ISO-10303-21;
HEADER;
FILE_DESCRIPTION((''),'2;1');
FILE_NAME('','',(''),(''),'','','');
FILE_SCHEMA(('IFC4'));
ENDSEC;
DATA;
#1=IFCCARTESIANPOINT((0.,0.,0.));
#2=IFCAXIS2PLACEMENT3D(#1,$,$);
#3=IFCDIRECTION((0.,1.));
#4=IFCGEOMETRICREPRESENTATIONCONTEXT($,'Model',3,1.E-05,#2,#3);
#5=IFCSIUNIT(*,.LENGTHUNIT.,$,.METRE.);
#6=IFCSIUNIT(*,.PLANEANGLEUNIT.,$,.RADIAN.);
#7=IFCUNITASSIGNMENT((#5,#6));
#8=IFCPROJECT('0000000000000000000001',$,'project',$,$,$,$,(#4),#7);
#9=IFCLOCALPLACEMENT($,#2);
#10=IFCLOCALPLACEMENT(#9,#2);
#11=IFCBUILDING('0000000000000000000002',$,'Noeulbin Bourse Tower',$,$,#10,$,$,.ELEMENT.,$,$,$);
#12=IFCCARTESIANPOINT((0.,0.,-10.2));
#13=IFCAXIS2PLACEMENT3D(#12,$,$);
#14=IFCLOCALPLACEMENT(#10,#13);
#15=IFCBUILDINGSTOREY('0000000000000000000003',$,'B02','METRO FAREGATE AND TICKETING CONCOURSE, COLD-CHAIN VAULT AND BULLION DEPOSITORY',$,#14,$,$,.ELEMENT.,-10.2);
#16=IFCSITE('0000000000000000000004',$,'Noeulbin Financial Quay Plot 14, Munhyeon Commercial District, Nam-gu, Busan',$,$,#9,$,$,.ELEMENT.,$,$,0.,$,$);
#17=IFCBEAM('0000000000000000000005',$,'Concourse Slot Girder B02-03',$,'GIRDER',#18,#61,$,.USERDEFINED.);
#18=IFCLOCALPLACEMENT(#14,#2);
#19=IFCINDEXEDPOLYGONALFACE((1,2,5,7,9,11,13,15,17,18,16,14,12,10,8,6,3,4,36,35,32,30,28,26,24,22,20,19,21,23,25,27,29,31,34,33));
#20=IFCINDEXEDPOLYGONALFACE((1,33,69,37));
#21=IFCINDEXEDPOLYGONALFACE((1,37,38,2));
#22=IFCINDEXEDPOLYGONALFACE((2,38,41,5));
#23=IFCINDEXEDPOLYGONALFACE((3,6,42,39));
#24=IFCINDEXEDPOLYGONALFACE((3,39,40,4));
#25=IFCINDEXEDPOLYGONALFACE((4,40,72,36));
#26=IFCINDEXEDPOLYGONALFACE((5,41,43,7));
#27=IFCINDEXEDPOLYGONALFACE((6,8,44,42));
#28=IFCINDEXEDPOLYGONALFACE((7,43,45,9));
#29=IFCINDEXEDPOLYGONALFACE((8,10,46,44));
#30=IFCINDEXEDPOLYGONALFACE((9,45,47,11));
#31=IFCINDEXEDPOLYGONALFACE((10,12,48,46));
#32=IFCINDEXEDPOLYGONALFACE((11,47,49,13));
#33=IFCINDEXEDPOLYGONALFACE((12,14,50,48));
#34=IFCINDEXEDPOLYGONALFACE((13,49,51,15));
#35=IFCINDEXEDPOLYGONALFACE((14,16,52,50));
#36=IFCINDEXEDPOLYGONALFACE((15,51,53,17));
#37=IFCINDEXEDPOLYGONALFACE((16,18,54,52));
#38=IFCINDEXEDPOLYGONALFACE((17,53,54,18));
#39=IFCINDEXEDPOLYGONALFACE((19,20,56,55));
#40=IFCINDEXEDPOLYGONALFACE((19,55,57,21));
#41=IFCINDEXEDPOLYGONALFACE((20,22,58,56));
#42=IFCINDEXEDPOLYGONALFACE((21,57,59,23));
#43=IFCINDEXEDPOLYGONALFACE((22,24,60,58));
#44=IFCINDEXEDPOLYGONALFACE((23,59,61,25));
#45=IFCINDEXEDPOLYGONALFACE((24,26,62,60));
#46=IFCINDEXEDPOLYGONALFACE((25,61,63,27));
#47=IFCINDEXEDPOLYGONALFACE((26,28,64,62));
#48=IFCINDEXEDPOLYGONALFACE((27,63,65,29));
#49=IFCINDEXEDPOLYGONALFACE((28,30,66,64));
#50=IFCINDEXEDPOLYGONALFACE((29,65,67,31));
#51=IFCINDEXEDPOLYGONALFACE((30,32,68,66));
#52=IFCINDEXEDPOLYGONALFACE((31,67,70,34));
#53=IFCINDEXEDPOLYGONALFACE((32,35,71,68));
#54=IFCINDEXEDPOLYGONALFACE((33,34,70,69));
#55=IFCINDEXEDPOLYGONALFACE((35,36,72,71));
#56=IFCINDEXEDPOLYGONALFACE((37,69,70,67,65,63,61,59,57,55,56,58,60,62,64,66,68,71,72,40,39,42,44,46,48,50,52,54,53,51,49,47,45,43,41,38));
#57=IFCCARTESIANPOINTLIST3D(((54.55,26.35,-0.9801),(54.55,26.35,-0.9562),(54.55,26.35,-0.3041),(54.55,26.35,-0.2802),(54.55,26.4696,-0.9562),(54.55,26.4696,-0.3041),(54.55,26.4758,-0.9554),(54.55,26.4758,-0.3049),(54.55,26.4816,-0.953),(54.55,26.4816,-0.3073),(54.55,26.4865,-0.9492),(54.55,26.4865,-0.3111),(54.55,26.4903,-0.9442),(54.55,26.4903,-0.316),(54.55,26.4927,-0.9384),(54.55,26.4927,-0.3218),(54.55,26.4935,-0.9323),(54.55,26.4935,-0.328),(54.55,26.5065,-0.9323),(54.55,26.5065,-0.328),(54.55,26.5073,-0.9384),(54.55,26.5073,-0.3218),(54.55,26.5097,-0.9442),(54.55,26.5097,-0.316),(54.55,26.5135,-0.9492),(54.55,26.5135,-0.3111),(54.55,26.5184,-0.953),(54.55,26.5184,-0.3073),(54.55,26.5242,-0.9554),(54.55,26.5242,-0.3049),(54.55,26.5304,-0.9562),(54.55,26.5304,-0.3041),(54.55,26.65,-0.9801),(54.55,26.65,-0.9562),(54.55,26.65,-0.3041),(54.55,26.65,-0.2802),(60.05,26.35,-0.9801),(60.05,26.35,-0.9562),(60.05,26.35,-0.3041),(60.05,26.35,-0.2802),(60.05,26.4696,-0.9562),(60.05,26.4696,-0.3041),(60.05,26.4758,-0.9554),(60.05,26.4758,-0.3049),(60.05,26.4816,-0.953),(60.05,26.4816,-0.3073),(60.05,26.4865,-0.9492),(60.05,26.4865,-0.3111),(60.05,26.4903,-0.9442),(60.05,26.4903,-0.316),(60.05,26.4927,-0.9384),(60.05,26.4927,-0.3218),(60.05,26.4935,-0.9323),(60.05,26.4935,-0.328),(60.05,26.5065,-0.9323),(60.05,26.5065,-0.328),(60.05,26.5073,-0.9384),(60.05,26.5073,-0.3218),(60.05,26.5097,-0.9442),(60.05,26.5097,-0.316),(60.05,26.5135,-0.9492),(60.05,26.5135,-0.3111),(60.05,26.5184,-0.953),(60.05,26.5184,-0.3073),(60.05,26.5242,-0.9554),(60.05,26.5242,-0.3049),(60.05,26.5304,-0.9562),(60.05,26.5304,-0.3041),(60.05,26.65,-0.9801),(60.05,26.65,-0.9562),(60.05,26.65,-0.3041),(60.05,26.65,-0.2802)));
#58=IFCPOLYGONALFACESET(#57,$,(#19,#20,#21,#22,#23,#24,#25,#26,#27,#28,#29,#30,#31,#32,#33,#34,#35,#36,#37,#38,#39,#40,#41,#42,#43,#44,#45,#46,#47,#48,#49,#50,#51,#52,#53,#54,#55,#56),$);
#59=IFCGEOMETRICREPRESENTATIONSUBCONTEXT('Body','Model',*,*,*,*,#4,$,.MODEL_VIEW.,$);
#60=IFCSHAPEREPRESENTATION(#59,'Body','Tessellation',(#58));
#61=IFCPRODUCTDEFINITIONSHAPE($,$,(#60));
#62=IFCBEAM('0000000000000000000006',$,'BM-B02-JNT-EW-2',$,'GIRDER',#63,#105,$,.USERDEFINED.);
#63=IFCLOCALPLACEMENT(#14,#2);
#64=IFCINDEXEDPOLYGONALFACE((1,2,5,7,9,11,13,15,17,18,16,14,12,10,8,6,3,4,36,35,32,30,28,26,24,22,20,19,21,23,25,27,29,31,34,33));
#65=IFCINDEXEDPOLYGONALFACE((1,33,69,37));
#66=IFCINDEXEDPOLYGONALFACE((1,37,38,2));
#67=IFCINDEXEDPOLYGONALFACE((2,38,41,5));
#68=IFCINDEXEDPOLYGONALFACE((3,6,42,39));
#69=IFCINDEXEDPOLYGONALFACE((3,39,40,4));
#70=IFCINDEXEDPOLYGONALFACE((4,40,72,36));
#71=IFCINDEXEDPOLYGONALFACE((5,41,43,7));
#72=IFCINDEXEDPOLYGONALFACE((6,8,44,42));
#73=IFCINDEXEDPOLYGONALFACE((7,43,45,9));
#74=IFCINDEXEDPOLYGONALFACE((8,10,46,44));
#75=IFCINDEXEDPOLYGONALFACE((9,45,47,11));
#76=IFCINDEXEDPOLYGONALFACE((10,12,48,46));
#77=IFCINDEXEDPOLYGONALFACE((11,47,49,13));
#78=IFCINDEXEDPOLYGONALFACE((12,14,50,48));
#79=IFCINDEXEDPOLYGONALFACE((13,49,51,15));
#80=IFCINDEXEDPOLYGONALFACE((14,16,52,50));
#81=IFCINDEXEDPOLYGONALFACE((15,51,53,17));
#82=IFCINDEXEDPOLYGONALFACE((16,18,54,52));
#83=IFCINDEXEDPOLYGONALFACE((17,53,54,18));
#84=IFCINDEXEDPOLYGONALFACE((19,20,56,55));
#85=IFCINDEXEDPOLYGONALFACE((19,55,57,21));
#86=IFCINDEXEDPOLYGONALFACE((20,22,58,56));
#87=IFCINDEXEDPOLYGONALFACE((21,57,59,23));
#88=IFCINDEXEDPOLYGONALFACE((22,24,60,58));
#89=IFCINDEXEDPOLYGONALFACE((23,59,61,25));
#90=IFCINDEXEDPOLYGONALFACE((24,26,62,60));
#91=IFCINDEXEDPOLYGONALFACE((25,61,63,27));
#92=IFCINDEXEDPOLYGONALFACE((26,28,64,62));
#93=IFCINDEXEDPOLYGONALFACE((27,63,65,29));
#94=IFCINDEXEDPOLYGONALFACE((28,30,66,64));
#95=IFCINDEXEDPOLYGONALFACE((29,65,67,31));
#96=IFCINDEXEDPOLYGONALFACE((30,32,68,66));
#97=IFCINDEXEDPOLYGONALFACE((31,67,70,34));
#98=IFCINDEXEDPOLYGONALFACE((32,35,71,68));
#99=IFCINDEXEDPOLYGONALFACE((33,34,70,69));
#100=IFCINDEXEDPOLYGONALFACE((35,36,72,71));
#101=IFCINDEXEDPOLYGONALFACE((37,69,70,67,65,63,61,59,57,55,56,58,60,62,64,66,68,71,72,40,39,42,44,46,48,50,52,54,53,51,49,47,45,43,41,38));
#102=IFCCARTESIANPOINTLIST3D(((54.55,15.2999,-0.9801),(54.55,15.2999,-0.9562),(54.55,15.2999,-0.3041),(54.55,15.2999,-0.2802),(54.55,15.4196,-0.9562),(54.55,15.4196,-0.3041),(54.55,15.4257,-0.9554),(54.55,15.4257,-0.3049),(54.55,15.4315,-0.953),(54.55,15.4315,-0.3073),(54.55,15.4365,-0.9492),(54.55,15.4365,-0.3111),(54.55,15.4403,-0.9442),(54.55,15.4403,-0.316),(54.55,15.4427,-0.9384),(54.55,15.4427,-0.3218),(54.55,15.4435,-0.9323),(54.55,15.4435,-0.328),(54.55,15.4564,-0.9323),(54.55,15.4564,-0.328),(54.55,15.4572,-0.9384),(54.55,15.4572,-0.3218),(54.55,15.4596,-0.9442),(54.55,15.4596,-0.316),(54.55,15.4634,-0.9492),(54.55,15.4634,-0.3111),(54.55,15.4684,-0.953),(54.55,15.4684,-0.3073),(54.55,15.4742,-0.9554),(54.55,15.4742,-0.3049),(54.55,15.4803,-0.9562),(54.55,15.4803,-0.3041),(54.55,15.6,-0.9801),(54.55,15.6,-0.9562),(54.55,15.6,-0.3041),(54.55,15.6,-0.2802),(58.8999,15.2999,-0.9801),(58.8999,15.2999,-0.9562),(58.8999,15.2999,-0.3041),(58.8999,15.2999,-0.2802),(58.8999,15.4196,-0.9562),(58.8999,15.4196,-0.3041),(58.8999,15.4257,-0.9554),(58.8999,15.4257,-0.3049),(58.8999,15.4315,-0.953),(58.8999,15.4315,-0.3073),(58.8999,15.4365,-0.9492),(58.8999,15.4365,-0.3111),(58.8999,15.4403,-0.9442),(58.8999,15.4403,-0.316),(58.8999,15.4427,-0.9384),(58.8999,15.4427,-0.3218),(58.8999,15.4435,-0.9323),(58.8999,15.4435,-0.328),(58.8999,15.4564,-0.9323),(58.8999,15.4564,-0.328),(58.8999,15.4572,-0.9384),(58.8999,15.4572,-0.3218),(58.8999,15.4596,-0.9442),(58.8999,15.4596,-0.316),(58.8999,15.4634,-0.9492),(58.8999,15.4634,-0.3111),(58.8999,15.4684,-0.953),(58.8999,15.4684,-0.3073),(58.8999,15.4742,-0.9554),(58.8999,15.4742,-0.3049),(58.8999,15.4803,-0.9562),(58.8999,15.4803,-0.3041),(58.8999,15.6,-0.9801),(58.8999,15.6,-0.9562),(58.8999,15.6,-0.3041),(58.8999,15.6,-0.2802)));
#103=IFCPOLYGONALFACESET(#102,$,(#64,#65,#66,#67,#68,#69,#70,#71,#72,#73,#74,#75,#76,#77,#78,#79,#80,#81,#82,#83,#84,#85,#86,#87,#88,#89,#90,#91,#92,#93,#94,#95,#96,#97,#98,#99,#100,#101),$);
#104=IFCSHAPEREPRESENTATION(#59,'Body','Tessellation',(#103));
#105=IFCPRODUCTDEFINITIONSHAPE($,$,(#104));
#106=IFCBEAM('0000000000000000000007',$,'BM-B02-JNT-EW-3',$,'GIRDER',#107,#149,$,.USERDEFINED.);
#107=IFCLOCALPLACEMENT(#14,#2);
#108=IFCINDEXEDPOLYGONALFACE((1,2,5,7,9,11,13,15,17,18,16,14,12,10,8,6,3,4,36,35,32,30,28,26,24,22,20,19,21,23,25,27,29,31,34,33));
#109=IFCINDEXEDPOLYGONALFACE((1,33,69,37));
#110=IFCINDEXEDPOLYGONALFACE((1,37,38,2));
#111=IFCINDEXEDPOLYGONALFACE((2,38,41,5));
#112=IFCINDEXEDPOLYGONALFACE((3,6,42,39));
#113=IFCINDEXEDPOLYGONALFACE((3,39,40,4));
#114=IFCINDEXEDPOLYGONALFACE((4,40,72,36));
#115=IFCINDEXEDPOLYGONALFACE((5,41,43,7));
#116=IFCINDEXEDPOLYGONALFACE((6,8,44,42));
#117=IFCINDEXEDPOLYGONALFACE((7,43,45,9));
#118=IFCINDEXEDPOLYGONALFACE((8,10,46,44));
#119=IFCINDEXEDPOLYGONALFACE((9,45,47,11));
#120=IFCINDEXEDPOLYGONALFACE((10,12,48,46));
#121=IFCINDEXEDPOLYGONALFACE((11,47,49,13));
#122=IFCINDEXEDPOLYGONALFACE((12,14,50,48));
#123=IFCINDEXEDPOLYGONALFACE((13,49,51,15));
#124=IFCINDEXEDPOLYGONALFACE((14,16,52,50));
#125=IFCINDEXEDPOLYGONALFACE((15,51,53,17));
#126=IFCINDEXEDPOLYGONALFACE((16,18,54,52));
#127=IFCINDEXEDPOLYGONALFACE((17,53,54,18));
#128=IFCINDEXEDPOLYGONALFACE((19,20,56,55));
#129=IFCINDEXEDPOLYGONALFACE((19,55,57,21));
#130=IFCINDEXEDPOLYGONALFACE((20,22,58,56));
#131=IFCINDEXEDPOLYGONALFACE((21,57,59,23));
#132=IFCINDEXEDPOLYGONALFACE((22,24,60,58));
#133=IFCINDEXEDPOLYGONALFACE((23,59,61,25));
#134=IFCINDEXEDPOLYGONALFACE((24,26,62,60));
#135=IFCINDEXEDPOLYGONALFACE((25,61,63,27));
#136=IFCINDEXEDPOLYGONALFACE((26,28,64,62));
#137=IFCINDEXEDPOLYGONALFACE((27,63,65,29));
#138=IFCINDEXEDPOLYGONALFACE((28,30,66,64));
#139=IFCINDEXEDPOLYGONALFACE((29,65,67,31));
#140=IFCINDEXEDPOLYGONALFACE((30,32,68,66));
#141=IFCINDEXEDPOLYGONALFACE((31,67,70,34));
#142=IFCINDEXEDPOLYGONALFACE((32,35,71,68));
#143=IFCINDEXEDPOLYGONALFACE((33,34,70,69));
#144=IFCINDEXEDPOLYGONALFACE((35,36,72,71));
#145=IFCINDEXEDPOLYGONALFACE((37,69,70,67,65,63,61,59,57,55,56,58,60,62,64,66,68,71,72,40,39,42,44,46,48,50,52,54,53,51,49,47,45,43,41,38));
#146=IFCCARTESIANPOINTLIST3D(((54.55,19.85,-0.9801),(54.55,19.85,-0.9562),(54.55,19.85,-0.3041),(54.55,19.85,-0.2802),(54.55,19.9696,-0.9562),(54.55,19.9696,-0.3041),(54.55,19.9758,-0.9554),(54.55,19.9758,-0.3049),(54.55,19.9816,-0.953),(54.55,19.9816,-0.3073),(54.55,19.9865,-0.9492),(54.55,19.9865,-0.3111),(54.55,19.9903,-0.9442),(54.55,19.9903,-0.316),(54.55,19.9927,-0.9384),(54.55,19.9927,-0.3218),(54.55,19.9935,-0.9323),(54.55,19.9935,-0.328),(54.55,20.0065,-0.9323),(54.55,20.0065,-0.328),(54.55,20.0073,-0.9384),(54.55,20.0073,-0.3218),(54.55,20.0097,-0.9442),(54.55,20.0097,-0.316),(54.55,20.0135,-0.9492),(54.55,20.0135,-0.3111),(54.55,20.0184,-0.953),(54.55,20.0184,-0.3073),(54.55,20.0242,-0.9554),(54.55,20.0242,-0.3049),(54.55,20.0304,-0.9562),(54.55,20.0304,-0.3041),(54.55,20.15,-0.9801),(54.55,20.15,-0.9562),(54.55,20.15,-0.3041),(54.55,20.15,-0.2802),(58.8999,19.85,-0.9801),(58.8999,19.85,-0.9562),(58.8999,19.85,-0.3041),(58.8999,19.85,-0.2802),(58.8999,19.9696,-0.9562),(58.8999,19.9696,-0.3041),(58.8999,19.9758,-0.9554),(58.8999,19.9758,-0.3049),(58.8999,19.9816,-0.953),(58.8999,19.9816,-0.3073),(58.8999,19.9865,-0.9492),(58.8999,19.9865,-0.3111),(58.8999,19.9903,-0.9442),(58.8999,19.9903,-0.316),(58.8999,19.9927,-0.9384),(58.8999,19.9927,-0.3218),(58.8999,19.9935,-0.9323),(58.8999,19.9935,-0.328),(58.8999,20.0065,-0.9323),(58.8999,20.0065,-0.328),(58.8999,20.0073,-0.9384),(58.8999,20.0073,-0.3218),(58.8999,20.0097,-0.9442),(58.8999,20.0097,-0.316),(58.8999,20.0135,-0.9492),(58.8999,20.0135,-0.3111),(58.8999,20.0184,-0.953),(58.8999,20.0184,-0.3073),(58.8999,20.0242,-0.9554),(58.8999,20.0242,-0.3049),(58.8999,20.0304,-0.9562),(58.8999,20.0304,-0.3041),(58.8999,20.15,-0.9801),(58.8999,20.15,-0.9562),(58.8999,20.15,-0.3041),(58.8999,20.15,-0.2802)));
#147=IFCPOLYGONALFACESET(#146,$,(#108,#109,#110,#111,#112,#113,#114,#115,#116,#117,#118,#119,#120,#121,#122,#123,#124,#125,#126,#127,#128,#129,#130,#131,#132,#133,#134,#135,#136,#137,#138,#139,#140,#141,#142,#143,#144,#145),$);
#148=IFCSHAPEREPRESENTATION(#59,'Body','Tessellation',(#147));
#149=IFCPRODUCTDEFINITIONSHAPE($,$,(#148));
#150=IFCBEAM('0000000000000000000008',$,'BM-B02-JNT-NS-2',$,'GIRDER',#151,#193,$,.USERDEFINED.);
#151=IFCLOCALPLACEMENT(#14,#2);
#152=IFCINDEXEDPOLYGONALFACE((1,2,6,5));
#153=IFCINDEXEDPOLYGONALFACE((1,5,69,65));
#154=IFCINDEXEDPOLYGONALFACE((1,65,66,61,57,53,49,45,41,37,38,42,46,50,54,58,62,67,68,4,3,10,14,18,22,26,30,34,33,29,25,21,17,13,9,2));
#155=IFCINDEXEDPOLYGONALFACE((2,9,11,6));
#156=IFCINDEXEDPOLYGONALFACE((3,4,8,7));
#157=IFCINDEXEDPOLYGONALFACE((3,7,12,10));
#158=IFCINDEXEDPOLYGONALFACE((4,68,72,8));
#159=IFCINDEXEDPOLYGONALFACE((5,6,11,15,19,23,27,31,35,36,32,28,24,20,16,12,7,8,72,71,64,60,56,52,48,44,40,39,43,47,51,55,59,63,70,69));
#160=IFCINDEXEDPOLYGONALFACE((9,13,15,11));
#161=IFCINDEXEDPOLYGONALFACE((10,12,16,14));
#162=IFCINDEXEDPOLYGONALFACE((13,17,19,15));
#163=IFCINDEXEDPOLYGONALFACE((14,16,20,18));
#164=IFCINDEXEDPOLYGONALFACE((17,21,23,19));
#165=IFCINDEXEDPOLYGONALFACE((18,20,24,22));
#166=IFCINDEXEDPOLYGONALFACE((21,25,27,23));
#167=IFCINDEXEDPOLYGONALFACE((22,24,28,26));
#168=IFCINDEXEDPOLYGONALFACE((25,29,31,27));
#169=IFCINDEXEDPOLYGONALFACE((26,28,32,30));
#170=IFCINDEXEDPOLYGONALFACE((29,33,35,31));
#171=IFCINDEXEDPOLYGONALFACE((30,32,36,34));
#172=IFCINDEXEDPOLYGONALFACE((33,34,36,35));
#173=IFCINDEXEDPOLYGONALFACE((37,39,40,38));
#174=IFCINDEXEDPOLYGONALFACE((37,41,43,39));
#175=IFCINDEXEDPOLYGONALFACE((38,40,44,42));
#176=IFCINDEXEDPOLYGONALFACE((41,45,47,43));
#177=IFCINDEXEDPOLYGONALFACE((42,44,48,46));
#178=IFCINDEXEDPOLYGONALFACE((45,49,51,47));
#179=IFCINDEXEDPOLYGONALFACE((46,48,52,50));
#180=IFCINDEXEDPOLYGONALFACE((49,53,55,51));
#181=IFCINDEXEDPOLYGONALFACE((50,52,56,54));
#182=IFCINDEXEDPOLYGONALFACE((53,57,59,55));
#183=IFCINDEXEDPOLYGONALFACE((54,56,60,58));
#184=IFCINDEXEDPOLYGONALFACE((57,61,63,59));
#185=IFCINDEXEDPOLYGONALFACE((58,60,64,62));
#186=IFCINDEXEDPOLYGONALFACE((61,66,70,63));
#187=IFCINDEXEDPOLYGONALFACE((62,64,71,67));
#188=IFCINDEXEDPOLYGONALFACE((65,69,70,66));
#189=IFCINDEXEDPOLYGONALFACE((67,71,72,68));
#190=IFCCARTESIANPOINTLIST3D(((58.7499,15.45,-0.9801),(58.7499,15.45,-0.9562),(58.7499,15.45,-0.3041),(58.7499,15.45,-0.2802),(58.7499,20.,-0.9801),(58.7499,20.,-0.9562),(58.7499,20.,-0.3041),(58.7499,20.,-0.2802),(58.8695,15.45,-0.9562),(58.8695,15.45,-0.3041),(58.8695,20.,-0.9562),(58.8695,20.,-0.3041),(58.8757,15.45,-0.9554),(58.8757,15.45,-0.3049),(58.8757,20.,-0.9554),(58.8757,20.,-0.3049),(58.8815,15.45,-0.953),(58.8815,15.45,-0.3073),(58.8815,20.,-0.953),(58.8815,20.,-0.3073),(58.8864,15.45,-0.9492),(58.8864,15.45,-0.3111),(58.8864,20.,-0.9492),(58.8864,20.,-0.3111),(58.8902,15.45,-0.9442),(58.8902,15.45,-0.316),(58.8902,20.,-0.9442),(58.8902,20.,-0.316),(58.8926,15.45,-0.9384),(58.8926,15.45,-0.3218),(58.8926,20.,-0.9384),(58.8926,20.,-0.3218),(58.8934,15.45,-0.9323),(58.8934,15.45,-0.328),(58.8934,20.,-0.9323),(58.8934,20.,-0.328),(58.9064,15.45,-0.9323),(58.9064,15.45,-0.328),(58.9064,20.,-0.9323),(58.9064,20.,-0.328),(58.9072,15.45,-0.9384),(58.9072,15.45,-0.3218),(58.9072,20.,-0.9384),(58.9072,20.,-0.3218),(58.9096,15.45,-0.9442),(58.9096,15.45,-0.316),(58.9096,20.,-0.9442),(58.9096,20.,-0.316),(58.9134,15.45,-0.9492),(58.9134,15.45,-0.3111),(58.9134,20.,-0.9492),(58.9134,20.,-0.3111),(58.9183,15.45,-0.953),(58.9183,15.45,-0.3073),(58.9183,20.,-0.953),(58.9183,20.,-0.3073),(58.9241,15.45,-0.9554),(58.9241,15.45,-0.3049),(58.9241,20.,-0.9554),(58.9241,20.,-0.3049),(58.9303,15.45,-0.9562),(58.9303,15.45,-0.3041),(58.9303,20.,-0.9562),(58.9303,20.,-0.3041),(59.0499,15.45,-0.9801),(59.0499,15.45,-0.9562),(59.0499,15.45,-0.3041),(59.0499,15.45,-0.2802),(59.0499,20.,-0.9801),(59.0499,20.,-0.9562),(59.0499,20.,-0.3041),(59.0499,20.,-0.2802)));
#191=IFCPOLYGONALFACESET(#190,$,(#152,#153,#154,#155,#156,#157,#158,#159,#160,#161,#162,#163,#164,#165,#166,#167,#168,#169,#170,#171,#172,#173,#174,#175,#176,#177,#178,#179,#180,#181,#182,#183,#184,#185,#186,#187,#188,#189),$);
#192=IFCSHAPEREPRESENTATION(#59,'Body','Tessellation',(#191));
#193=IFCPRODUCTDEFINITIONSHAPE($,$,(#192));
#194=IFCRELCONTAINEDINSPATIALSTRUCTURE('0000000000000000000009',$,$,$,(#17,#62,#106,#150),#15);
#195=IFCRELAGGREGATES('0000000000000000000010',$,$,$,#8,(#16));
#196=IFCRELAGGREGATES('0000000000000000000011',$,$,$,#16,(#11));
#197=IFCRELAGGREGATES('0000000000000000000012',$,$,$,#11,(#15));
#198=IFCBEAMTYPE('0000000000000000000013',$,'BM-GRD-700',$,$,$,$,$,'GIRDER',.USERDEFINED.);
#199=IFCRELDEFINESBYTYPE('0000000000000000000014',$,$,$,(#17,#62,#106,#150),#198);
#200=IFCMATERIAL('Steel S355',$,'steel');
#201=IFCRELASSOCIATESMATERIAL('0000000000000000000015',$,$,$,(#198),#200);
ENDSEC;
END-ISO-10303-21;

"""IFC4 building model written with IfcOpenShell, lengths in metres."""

from ifc_helpers import new_model, si_unit, direction, frame, origin, origin_2d, place, context, subcontext, project, spatial, i_section, extrude, material, material_profile, profile_set, type_object, element, save


model = new_model("IFC4")

# Units and contexts
model_context = context("Model", 3, precision=1e-05, world=origin(), true_north=direction((0.0, 1.0)))
body_context = subcontext(model_context, "Body", "Model", "MODEL_VIEW")
ifc_project = project(units=[si_unit("LENGTHUNIT", "METRE"), si_unit("PLANEANGLEUNIT", "RADIAN")], contexts=[model_context])

# Site, building, storey
site_placement = place(None, origin())
site = spatial("IfcSite", under=ifc_project, at=site_placement, Name="Noeulbin Financial Quay Plot 14, Munhyeon Commercial District, Nam-gu, Busan", CompositionType="ELEMENT", RefElevation=0.0)
building_placement = place(site_placement, origin())
building = spatial("IfcBuilding", under=site, at=building_placement, Name="Noeulbin Bourse Tower", CompositionType="ELEMENT")
storey_placement = place(building_placement, frame((0.0, 0.0, -10.2)))
storey = spatial("IfcBuildingStorey", under=building, at=storey_placement, Name="B02", Description="METRO FAREGATE AND TICKETING CONCOURSE, COLD-CHAIN VAULT AND BULLION DEPOSITORY", CompositionType="ELEMENT", Elevation=-10.2)

# Beams
ifc_material_1 = material(Name="Steel S355", Category="steel")
ifc_material_profile_1 = material_profile(ifc_material_1, i_section(OverallWidth=0.3, OverallDepth=0.7, WebThickness=0.0129, FlangeThickness=0.0239, FilletRadius=0.0239, at=origin_2d()), Name="H-700x300x13x24", Category="LoadBearing")
ifc_profile_set_1 = profile_set([ifc_material_profile_1], Name="Steel S355")
beam_type_1 = type_object("IfcBeamType", Name="BM-GRD-700", ElementType="GIRDER", PredefinedType="USERDEFINED", material=ifc_profile_set_1)
beam_1_placement = place(storey_placement, frame((54.55, 26.5, -0.6301), z_axis=(1.0, 0.0, 0.0), x_axis=(0.0, 1.0, 0.0)))
element("IfcBeam", 1, at=beam_1_placement, inside=storey, type_object=beam_type_1, Name="Concourse Slot Girder B02-03", ObjectType="GIRDER", PredefinedType="USERDEFINED", context=body_context, shape_type="SweptSolid", body=[
    extrude(i_section(OverallWidth=0.3, OverallDepth=0.7, WebThickness=0.0129, FlangeThickness=0.0239, FilletRadius=0.0239, at=origin_2d()), origin(), (0.0, 0.0, 1.0), 5.5),
])
for number, where, z_axis, x_axis, name in (
    (2, (54.55, 15.45, -0.6301), (1.0, 0.0, 0.0), (0.0, 1.0, 0.0), "BM-B02-JNT-EW-2"),
    (3, (54.55, 20.0, -0.6301), (1.0, 0.0, 0.0), (0.0, 1.0, 0.0), "BM-B02-JNT-EW-3"),
):
    element("IfcBeam", number, at=place(storey_placement, frame(where, z_axis=z_axis, x_axis=x_axis)), inside=storey, type_object=beam_type_1, Name=name, ObjectType="GIRDER", PredefinedType="USERDEFINED", context=body_context, shape_type="SweptSolid", body=[
        extrude(i_section(OverallWidth=0.3, OverallDepth=0.7, WebThickness=0.0129, FlangeThickness=0.0239, FilletRadius=0.0239, at=origin_2d()), origin(), (0.0, 0.0, 1.0), 4.3499),
    ])
beam_2_placement = place(storey_placement, frame((58.8999, 15.45, -0.6301), z_axis=(0.0, 1.0, 0.0), x_axis=(-1.0, 0.0, 0.0)))
element("IfcBeam", 4, at=beam_2_placement, inside=storey, type_object=beam_type_1, Name="BM-B02-JNT-NS-2", ObjectType="GIRDER", PredefinedType="USERDEFINED", context=body_context, shape_type="SweptSolid", body=[
    extrude(i_section(OverallWidth=0.3, OverallDepth=0.7, WebThickness=0.0129, FlangeThickness=0.0239, FilletRadius=0.0239, at=origin_2d()), origin(), (0.0, 0.0, 1.0), 4.55),
])

save(model, "model.ifc")
